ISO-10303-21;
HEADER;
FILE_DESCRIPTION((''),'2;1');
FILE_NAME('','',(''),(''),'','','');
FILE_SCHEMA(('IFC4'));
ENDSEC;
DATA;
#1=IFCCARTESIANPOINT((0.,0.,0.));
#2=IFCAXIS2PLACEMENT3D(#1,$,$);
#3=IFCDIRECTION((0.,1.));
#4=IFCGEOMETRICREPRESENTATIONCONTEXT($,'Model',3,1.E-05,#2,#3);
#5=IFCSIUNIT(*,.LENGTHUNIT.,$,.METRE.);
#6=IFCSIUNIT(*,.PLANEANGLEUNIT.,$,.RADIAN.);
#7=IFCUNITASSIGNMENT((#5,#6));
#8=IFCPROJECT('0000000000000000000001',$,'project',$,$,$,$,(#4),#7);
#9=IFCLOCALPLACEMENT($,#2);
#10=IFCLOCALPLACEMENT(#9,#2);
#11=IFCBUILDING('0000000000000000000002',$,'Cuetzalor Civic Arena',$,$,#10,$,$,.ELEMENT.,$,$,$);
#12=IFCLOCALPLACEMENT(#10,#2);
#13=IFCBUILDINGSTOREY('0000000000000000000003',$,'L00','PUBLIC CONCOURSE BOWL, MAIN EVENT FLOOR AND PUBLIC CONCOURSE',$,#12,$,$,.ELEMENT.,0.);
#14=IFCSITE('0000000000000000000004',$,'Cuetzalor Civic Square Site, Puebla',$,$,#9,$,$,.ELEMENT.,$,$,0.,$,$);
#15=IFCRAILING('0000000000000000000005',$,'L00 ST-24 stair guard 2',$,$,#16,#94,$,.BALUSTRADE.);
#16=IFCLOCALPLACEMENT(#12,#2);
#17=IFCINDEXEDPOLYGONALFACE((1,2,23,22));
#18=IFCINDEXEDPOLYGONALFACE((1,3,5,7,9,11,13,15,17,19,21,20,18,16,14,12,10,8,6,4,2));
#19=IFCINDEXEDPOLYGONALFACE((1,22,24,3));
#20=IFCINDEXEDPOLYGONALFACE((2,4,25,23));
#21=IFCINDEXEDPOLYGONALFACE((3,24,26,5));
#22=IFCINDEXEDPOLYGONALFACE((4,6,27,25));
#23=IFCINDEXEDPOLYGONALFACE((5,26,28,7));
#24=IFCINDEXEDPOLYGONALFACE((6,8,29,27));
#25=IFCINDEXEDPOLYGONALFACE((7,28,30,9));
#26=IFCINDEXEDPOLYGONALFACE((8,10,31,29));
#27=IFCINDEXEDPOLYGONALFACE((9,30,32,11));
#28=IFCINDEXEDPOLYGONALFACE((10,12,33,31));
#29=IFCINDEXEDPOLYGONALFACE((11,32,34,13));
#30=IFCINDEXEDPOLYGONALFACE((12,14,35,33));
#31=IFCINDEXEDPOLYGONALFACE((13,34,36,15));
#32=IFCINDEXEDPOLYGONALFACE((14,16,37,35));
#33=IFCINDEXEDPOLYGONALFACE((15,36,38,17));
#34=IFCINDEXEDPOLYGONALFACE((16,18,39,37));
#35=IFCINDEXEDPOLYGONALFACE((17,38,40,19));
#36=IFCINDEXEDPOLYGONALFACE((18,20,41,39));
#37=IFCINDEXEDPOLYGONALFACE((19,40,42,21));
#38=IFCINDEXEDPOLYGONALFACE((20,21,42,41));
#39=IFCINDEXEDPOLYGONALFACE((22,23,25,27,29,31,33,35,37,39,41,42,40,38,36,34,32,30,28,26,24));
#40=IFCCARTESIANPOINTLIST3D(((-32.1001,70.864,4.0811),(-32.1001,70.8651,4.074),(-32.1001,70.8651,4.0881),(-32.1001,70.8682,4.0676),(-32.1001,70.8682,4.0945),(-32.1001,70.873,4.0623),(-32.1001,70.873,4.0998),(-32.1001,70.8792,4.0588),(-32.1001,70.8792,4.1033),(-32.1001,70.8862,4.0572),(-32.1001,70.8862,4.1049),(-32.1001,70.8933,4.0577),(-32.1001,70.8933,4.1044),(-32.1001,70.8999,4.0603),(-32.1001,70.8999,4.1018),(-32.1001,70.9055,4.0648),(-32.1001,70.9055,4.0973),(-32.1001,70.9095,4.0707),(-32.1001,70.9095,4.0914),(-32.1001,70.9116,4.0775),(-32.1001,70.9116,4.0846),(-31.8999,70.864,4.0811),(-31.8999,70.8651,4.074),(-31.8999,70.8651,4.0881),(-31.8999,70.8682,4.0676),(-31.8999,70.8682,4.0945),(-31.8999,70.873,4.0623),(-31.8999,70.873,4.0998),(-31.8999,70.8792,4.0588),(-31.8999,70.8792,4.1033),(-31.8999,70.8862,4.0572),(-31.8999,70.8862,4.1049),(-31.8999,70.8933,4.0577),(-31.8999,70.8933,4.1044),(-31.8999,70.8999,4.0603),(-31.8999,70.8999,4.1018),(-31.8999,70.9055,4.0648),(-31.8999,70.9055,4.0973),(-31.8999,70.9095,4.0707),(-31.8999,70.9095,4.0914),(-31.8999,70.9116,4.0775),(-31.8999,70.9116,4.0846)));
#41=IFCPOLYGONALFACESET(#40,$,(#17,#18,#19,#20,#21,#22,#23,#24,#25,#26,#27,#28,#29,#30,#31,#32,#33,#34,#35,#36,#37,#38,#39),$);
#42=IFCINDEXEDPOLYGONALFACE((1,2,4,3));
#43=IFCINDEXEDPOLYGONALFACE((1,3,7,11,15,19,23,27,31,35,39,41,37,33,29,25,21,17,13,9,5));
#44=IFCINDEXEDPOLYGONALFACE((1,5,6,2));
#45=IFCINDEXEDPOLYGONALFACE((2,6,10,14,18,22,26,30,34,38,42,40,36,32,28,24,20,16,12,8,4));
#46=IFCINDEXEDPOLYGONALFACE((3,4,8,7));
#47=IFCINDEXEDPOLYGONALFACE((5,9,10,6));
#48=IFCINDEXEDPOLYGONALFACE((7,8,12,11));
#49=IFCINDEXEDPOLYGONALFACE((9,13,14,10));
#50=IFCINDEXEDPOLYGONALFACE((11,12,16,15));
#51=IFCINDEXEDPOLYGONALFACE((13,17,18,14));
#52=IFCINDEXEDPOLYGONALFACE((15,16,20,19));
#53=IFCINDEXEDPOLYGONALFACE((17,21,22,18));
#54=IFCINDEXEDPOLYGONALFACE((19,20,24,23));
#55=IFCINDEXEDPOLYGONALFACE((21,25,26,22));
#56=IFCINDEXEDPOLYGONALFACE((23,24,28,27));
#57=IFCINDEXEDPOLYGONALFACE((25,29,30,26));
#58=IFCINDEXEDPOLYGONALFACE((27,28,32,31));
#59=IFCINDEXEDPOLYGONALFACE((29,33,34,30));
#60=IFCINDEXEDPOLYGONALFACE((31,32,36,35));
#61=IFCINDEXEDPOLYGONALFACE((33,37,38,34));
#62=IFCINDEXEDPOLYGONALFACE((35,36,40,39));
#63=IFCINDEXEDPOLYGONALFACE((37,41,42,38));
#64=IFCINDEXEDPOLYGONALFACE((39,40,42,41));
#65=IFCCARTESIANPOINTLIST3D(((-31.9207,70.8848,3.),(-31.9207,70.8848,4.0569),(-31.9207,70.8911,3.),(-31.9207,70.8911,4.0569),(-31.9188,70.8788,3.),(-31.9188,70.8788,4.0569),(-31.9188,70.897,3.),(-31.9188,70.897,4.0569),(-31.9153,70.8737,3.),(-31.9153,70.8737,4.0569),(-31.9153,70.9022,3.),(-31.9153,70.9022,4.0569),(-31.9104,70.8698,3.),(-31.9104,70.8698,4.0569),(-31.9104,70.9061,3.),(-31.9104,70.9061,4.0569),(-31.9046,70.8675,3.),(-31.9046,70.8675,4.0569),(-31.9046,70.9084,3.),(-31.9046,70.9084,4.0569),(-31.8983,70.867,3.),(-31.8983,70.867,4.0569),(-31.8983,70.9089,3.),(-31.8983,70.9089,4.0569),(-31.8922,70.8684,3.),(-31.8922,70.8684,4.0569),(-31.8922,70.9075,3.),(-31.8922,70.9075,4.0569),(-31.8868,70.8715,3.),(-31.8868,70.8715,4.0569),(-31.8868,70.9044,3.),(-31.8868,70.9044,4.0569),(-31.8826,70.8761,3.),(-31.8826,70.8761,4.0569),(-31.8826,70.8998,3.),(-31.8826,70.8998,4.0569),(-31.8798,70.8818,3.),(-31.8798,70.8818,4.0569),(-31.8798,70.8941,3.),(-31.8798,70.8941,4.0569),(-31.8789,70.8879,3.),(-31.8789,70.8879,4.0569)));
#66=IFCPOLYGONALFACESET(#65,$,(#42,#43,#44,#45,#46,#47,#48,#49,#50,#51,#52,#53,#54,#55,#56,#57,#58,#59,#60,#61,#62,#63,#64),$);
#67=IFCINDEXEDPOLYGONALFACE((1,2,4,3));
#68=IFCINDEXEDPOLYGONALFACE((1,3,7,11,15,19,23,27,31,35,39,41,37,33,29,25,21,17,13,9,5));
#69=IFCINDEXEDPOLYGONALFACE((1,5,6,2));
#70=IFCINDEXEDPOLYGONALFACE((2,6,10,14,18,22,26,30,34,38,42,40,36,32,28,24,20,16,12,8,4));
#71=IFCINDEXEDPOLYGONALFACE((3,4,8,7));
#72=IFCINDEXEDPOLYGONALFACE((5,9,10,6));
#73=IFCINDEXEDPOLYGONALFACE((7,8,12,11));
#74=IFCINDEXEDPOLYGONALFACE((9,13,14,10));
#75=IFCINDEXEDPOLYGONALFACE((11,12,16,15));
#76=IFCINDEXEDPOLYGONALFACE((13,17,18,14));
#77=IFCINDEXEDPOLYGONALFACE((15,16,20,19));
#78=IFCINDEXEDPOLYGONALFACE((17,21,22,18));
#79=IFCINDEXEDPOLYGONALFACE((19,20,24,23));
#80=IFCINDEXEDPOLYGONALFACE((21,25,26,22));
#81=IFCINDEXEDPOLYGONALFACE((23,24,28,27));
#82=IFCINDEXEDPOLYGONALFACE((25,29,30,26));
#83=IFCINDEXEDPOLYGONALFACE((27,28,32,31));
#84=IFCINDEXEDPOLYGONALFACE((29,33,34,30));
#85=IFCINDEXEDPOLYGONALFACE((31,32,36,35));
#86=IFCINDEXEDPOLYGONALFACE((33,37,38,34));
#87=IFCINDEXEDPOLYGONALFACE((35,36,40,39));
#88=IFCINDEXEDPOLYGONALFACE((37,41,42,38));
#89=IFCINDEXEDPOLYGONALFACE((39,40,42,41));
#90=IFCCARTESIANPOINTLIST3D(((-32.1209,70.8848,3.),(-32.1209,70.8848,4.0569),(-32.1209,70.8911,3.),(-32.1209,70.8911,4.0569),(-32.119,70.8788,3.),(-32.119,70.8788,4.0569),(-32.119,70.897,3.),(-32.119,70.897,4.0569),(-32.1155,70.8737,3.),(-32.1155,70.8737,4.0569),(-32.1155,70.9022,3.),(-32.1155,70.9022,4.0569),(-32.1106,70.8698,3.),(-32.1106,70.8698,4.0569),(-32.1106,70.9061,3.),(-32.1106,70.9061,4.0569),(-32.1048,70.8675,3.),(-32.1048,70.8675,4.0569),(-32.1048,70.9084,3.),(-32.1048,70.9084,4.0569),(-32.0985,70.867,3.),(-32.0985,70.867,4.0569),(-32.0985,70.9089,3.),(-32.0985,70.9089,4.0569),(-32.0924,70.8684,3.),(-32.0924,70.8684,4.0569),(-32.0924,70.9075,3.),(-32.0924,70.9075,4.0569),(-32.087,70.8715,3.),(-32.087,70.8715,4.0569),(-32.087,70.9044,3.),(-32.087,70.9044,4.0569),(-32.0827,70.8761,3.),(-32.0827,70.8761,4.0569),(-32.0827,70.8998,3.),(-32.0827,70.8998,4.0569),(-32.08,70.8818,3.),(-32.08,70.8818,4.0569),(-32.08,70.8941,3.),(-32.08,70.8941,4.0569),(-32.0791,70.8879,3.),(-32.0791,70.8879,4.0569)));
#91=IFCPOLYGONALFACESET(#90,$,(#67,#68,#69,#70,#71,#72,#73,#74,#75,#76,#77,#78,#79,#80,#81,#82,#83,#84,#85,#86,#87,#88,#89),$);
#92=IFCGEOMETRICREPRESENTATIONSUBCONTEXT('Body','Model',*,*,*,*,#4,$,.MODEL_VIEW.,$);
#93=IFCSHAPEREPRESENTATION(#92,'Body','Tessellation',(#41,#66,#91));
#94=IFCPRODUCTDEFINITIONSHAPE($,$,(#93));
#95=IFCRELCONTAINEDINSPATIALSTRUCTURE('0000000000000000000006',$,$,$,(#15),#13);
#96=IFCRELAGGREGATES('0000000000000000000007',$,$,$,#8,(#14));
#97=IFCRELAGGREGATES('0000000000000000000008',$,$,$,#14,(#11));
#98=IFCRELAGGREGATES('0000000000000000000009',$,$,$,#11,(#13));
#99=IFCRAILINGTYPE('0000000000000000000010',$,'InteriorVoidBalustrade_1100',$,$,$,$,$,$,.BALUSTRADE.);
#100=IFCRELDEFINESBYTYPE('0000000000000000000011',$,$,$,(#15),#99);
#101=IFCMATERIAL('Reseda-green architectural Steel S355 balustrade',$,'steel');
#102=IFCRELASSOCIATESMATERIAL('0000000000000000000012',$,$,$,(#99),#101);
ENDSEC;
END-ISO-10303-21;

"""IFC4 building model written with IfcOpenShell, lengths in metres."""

from ifc_helpers import new_model, si_unit, direction, frame, origin, origin_2d, place, context, subcontext, project, spatial, circle, extrude, material, type_object, element, save


model = new_model("IFC4")

# Units and contexts
model_context = context("Model", 3, precision=1e-05, world=origin(), true_north=direction((0.0, 1.0)))
body_context = subcontext(model_context, "Body", "Model", "MODEL_VIEW")
ifc_project = project(units=[si_unit("LENGTHUNIT", "METRE"), si_unit("PLANEANGLEUNIT", "RADIAN")], contexts=[model_context])

# Site, building, storey
site_placement = place(None, origin())
site = spatial("IfcSite", under=ifc_project, at=site_placement, Name="Cuetzalor Civic Square Site, Puebla", CompositionType="ELEMENT", RefElevation=0.0)
building_placement = place(site_placement, origin())
building = spatial("IfcBuilding", under=site, at=building_placement, Name="Cuetzalor Civic Arena", CompositionType="ELEMENT")
storey_placement = place(building_placement, origin())
storey = spatial("IfcBuildingStorey", under=building, at=storey_placement, Name="L00", Description="PUBLIC CONCOURSE BOWL, MAIN EVENT FLOOR AND PUBLIC CONCOURSE", CompositionType="ELEMENT", Elevation=0.0)

# Railing
ifc_material_1 = material(Name="Reseda-green architectural Steel S355 balustrade", Category="steel")
railing_type_1 = type_object("IfcRailingType", Name="InteriorVoidBalustrade_1100", PredefinedType="BALUSTRADE", material=ifc_material_1)
railing_1_placement = place(storey_placement, frame((-31.8999, 70.8879, 3.0)))
element("IfcRailing", 1, at=railing_1_placement, inside=storey, type_object=railing_type_1, Name="L00 ST-24 stair guard 2", PredefinedType="BALUSTRADE", context=body_context, shape_type="SweptSolid", body=[
    extrude(circle(Radius=0.0239, at=origin_2d()), frame((0.0, 0.0, 1.0811), z_axis=(-1.0, 0.0, 0.0), x_axis=(0.0, -1.0, 0.0)), (0.0, 0.0, 1.0), 0.2002),
    extrude(circle(Radius=0.021, at=origin_2d()), origin(), (0.0, 0.0, 1.0), 1.0569),
    extrude(circle(Radius=0.021, at=origin_2d()), frame((-0.2002, 0.0, 0.0)), (0.0, 0.0, 1.0), 1.0569),
])

save(model, "model.ifc")
